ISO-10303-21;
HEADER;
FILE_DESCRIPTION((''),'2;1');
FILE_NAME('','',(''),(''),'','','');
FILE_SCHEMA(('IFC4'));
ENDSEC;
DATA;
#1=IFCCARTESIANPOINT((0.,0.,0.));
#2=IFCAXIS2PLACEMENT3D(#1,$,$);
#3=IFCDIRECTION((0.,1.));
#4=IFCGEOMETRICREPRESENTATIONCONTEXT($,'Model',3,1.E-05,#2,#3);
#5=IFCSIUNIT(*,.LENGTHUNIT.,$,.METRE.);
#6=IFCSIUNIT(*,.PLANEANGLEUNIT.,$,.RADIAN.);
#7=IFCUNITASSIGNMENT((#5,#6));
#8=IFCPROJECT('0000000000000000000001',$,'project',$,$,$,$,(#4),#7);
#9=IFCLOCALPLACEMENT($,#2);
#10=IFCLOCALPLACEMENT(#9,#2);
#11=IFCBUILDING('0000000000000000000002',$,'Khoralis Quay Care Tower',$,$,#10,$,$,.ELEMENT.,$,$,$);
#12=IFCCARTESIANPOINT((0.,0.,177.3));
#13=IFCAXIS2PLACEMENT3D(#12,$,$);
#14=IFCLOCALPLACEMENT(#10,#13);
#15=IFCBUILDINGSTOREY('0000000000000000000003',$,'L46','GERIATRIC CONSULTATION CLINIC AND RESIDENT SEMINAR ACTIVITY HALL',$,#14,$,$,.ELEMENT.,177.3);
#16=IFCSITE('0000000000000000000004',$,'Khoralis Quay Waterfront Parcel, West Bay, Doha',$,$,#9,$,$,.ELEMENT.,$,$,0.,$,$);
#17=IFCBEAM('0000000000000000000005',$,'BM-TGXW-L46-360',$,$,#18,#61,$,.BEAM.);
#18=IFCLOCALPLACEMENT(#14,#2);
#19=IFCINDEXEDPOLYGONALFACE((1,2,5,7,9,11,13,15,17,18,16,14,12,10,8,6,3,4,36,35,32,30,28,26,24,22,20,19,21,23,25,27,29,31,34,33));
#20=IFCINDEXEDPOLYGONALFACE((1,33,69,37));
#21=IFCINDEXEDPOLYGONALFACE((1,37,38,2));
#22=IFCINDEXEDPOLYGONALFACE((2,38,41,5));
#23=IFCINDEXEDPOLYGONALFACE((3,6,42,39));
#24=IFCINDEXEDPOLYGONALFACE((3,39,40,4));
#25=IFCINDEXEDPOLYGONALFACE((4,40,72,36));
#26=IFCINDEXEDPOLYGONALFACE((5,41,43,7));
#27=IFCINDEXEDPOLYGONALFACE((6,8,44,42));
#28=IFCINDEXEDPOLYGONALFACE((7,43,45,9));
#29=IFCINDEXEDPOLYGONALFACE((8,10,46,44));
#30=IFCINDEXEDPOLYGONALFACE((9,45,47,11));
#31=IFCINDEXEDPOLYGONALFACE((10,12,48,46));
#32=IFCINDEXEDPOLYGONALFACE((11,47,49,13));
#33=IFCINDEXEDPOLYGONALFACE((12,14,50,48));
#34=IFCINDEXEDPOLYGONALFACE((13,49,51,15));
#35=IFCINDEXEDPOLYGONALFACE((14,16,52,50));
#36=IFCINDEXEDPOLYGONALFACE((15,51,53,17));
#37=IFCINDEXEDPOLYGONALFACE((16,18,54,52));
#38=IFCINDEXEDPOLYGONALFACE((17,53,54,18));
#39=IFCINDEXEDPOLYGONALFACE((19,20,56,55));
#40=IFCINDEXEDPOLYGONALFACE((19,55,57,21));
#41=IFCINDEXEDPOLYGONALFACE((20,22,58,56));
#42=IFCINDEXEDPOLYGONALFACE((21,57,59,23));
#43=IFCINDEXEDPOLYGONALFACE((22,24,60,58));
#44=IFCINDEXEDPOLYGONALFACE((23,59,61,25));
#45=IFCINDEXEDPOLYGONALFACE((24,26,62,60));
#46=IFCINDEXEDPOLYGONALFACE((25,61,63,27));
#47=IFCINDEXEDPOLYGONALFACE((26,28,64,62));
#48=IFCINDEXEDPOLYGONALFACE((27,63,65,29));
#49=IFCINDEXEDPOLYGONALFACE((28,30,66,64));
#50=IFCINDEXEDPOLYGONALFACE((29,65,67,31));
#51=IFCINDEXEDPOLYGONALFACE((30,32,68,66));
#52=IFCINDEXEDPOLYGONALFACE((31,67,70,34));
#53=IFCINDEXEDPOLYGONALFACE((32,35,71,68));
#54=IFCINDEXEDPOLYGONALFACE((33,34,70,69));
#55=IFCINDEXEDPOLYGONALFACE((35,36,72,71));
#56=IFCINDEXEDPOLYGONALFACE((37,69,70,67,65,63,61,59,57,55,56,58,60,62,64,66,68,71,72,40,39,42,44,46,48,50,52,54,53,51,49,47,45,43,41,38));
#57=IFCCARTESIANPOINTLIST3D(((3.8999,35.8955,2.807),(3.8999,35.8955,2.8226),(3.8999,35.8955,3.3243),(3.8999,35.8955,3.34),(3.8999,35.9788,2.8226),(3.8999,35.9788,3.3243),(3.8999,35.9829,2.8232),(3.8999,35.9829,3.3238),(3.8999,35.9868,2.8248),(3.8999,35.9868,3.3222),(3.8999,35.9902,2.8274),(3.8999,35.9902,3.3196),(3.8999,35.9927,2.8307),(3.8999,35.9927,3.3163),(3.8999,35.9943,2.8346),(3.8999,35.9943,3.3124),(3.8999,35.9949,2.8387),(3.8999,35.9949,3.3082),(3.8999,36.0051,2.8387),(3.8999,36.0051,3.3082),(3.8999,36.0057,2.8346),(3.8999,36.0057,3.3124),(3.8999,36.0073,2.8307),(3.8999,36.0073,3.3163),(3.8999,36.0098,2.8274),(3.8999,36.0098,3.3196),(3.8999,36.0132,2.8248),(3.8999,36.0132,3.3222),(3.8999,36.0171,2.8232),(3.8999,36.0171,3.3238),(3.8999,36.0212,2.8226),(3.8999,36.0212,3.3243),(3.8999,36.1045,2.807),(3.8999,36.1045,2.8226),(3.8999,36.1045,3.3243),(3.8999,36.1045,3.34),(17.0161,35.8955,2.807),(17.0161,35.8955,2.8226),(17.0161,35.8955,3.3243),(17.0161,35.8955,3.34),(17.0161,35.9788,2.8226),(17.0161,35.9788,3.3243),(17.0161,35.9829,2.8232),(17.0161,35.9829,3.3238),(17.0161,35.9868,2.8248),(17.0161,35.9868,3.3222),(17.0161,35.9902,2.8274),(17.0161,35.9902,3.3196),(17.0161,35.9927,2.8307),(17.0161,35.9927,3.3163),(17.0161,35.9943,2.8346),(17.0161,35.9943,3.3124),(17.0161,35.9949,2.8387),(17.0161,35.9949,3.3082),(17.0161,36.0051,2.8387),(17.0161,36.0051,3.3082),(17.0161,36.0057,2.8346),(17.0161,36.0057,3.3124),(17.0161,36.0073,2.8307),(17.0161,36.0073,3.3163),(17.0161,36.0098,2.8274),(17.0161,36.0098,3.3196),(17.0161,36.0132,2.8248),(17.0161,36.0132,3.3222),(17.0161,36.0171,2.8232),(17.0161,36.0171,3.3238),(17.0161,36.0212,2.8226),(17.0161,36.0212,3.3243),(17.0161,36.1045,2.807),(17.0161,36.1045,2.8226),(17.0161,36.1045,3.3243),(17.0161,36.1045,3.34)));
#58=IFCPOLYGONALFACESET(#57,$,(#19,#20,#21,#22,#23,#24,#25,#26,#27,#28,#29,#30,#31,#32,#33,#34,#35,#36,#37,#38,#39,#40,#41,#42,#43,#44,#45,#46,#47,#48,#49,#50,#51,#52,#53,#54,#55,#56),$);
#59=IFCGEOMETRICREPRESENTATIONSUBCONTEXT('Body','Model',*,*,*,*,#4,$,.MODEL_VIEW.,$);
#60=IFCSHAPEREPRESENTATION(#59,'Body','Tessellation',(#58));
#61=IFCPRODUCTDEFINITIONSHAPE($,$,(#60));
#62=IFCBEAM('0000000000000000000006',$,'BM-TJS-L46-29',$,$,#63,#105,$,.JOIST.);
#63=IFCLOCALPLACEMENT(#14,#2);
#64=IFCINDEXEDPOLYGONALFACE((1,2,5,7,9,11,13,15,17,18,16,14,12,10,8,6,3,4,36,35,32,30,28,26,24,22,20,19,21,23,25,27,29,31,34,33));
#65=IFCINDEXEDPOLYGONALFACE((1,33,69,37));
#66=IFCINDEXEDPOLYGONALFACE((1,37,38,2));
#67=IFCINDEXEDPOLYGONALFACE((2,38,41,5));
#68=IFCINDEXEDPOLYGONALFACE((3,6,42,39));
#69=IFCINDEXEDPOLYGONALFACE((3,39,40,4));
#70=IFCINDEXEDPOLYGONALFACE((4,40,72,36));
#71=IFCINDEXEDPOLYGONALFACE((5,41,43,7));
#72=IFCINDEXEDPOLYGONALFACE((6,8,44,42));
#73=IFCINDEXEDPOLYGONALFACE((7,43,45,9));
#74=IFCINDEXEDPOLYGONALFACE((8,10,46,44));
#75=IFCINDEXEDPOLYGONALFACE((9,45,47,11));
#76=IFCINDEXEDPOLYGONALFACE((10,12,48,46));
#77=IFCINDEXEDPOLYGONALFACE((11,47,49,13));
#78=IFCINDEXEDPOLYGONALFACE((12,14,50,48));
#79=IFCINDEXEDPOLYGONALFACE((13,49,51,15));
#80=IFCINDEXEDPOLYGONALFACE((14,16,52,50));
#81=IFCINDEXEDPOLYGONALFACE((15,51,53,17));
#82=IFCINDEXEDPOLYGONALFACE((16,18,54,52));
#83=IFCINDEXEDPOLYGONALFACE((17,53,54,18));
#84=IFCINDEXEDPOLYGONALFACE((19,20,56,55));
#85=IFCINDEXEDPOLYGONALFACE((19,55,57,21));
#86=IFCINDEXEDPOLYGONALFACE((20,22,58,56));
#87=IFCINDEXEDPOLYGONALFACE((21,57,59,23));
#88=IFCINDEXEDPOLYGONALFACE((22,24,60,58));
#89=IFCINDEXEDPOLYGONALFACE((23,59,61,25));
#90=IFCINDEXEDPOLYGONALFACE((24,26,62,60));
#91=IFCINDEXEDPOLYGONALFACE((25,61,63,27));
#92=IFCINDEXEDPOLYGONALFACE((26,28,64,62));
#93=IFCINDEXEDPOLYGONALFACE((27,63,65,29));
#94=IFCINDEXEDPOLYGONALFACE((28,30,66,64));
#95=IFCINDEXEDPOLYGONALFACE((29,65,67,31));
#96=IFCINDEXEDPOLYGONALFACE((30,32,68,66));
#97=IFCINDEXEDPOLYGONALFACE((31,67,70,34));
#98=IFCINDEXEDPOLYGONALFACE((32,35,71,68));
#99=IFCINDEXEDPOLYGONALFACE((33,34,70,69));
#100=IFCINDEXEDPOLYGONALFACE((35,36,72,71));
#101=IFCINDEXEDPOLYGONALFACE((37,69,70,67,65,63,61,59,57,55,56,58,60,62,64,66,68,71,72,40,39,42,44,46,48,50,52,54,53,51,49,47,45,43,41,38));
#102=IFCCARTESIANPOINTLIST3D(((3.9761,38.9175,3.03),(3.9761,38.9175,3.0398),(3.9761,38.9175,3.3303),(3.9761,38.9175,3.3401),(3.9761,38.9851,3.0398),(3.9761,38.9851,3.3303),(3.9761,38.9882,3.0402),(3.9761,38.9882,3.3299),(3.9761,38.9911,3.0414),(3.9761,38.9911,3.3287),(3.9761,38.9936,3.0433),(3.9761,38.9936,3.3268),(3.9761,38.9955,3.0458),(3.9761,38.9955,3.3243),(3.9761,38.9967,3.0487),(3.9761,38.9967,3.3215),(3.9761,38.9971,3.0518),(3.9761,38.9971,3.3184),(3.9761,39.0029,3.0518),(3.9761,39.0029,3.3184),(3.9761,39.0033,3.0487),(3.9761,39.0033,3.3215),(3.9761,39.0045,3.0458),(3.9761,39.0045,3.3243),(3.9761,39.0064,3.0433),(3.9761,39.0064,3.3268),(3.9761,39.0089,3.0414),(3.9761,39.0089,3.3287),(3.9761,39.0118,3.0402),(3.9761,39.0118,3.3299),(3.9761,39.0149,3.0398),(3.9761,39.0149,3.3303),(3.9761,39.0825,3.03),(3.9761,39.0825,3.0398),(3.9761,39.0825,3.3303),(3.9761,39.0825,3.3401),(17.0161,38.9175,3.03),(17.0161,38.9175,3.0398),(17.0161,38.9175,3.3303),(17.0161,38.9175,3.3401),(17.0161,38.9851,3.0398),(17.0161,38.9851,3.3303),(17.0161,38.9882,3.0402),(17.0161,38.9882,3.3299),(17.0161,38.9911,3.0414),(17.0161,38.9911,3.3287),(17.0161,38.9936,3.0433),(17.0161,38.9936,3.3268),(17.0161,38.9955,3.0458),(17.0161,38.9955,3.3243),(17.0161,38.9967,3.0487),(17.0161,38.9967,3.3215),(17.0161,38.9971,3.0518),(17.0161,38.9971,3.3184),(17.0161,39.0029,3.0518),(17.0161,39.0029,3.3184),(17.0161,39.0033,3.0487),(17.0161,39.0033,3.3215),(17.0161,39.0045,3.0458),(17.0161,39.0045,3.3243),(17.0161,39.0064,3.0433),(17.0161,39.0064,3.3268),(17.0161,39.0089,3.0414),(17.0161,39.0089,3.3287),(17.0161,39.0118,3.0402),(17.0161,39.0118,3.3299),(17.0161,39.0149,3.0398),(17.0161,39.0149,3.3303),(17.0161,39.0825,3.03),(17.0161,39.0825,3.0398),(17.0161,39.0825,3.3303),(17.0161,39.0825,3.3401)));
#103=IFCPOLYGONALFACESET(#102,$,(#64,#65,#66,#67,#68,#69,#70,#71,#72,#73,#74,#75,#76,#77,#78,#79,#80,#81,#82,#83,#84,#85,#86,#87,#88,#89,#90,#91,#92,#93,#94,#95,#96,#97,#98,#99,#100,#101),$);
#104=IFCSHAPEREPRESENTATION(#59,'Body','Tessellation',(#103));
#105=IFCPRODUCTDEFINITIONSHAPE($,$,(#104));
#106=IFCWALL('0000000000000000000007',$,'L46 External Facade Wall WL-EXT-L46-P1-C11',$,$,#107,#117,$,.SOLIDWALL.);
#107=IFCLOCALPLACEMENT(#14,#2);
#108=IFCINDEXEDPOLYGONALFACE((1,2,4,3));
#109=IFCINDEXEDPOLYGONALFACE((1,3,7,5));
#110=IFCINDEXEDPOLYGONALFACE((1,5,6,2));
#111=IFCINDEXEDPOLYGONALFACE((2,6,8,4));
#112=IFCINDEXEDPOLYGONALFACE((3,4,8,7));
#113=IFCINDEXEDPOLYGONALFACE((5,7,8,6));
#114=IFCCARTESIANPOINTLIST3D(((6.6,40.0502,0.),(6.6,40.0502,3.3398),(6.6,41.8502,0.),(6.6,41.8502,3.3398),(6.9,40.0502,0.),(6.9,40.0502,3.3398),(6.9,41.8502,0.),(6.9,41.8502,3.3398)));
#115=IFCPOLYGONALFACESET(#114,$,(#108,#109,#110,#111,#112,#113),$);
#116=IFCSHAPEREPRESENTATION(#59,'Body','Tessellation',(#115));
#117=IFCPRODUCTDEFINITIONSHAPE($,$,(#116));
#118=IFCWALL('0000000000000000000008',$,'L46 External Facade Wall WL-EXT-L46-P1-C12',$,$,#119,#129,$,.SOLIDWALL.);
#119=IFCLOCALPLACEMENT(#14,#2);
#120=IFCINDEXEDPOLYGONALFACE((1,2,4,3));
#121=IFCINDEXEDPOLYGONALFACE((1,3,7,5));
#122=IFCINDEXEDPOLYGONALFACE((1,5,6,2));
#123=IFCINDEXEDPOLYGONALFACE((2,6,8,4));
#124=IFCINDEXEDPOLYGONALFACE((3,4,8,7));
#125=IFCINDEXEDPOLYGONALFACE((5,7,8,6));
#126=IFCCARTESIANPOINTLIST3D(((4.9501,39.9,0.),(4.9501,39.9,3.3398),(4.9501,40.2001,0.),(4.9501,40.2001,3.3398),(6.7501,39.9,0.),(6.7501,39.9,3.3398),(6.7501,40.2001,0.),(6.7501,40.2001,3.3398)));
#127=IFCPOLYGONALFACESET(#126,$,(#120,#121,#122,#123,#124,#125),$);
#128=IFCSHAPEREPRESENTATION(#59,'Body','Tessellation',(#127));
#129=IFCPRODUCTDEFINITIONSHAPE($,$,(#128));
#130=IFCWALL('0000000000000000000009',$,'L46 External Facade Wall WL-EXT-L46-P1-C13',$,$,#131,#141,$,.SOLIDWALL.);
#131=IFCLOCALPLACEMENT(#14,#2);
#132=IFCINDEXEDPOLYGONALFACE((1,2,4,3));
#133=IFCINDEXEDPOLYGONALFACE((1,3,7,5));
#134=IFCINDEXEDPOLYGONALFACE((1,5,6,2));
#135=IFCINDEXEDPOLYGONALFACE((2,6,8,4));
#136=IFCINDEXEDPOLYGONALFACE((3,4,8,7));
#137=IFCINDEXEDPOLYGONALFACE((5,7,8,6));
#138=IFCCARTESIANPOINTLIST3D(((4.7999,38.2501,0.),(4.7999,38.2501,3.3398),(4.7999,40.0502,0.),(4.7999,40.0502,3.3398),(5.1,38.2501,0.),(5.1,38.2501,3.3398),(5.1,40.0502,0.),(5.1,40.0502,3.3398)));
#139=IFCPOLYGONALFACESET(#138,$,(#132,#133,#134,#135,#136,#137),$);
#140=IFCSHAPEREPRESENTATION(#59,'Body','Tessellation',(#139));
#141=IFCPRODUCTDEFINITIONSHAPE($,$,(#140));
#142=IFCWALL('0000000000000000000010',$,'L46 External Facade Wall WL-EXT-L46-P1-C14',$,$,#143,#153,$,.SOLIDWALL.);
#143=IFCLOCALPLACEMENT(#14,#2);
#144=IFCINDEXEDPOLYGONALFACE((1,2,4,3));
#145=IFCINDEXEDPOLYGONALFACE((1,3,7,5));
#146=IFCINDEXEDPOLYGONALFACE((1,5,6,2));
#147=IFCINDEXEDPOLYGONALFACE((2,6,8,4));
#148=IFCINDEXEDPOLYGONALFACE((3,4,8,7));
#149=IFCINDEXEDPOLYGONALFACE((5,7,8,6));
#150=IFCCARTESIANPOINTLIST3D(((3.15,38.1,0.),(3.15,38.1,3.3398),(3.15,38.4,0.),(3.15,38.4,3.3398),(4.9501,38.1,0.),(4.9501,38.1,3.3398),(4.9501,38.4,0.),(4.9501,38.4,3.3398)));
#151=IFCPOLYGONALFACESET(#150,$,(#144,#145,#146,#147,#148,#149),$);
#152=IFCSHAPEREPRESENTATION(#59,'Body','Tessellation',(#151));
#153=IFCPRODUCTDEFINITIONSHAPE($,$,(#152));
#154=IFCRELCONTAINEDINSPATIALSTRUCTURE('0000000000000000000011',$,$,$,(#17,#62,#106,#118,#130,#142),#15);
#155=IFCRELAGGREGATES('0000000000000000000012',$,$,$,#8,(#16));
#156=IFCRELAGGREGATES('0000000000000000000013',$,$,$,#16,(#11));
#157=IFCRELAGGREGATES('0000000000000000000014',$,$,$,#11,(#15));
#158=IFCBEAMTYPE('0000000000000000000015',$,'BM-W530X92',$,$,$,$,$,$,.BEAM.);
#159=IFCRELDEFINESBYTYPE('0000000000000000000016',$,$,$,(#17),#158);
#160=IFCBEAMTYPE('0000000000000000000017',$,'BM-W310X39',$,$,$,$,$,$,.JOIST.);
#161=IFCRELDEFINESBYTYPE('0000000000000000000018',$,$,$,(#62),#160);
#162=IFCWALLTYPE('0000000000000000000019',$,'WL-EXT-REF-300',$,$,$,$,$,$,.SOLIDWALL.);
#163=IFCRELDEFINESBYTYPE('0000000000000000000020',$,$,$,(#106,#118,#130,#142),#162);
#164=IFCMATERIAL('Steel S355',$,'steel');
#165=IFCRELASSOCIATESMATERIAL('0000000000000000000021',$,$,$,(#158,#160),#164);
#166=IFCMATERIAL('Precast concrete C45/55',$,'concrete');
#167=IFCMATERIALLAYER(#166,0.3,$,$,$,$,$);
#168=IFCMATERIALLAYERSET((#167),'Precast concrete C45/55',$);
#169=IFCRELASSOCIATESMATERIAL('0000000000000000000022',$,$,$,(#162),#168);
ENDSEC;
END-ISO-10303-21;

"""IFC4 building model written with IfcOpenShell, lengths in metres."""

from ifc_helpers import new_model, si_unit, direction, frame, frame_2d, origin, origin_2d, place, context, subcontext, project, spatial, rectangle, i_section, extrude, source, transform, mapped, material, layer, layer_set, material_profile, profile_set, type_object, element, save


model = new_model("IFC4")

# Units and contexts
model_context = context("Model", 3, precision=1e-05, world=origin(), true_north=direction((0.0, 1.0)))
body_context = subcontext(model_context, "Body", "Model", "MODEL_VIEW")
ifc_project = project(units=[si_unit("LENGTHUNIT", "METRE"), si_unit("PLANEANGLEUNIT", "RADIAN")], contexts=[model_context])

# Site, building, storey
site_placement = place(None, origin())
site = spatial("IfcSite", under=ifc_project, at=site_placement, Name="Khoralis Quay Waterfront Parcel, West Bay, Doha", CompositionType="ELEMENT", RefElevation=0.0)
building_placement = place(site_placement, origin())
building = spatial("IfcBuilding", under=site, at=building_placement, Name="Khoralis Quay Care Tower", CompositionType="ELEMENT")
storey_placement = place(building_placement, frame((0.0, 0.0, 177.3)))
storey = spatial("IfcBuildingStorey", under=building, at=storey_placement, Name="L46", Description="GERIATRIC CONSULTATION CLINIC AND RESIDENT SEMINAR ACTIVITY HALL", CompositionType="ELEMENT", Elevation=177.3)

# Beams
ifc_material_1 = material(Name="Steel S355", Category="steel")
ifc_material_profile_1 = material_profile(ifc_material_1, i_section(OverallWidth=0.209, OverallDepth=0.533, WebThickness=0.0103, FlangeThickness=0.0156, FilletRadius=0.0161, at=origin_2d()), Name="Steel S355")
ifc_profile_set_1 = profile_set([ifc_material_profile_1], Name="Steel S355")
beam_type_1 = type_object("IfcBeamType", Name="BM-W530X92", PredefinedType="BEAM", material=ifc_profile_set_1)
shared_shape_1 = source(origin(), body_context, "Body", "SweptSolid", [
    extrude(i_section(OverallWidth=0.209, OverallDepth=0.533, WebThickness=0.0103, FlangeThickness=0.0156, FilletRadius=0.0161, at=origin_2d()), origin(), (0.0, 0.0, 1.0), 13.1162),
])
beam_1_placement = place(storey_placement, frame((3.8999, 36.0, 3.0735), z_axis=(1.0, 0.0, 0.0), x_axis=(0.0, 1.0, 0.0)))
element("IfcBeam", 1, at=beam_1_placement, inside=storey, type_object=beam_type_1, Name="BM-TGXW-L46-360", PredefinedType="BEAM", context=body_context, shape_type="MappedRepresentation", body=[
    mapped(shared_shape_1, transform((0.0, 0.0, 0.0), scale=1.0)),
])
ifc_material_profile_2 = material_profile(ifc_material_1, i_section(OverallWidth=0.165, OverallDepth=0.3101, WebThickness=0.0059, FlangeThickness=0.0098, FilletRadius=0.012, at=origin_2d()), Name="Steel S355")
ifc_profile_set_2 = profile_set([ifc_material_profile_2], Name="Steel S355")
beam_type_2 = type_object("IfcBeamType", Name="BM-W310X39", PredefinedType="JOIST", material=ifc_profile_set_2)
shared_shape_2 = source(origin(), body_context, "Body", "SweptSolid", [
    extrude(i_section(OverallWidth=0.165, OverallDepth=0.3101, WebThickness=0.0059, FlangeThickness=0.0098, FilletRadius=0.012, at=origin_2d()), origin(), (0.0, 0.0, 1.0), 13.04),
])
beam_2_placement = place(storey_placement, frame((3.9761, 39.0, 3.1851), z_axis=(1.0, 0.0, 0.0), x_axis=(0.0, 1.0, 0.0)))
element("IfcBeam", 2, at=beam_2_placement, inside=storey, type_object=beam_type_2, Name="BM-TJS-L46-29", PredefinedType="JOIST", context=body_context, shape_type="MappedRepresentation", body=[
    mapped(shared_shape_2, transform((0.0, 0.0, 0.0), scale=1.0)),
])

# Walls
ifc_material_2 = material(Name="Precast concrete C45/55", Category="concrete")
ifc_layer_1 = layer(ifc_material_2, 0.3)
ifc_layer_set_1 = layer_set([ifc_layer_1], Name="Precast concrete C45/55")
wall_type_1 = type_object("IfcWallType", Name="WL-EXT-REF-300", PredefinedType="SOLIDWALL", material=ifc_layer_set_1)
for number, where, z_axis, x_axis, name in (
    (3, (6.75, 41.8501, 0.0), (0.0, 0.0, 1.0), (0.0, -1.0, 0.0), "L46 External Facade Wall WL-EXT-L46-P1-C11"),
    (4, (6.75, 40.05, 0.0), (0.0, 0.0, 1.0), (-1.0, 0.0, 0.0), "L46 External Facade Wall WL-EXT-L46-P1-C12"),
    (5, (4.95, 40.05, 0.0), (0.0, 0.0, 1.0), (0.0, -1.0, 0.0), "L46 External Facade Wall WL-EXT-L46-P1-C13"),
    (6, (4.95, 38.25, 0.0), (0.0, 0.0, 1.0), (-1.0, 0.0, 0.0), "L46 External Facade Wall WL-EXT-L46-P1-C14"),
):
    element("IfcWall", number, at=place(storey_placement, frame(where, z_axis=z_axis, x_axis=x_axis)), inside=storey, type_object=wall_type_1, Name=name, PredefinedType="SOLIDWALL", context=body_context, shape_type="SweptSolid", body=[
        extrude(rectangle(XDim=1.8, YDim=0.3, at=frame_2d((0.8999, 0.0))), origin(), (0.0, 0.0, 1.0), 3.3398),
    ])

save(model, "model.ifc")
